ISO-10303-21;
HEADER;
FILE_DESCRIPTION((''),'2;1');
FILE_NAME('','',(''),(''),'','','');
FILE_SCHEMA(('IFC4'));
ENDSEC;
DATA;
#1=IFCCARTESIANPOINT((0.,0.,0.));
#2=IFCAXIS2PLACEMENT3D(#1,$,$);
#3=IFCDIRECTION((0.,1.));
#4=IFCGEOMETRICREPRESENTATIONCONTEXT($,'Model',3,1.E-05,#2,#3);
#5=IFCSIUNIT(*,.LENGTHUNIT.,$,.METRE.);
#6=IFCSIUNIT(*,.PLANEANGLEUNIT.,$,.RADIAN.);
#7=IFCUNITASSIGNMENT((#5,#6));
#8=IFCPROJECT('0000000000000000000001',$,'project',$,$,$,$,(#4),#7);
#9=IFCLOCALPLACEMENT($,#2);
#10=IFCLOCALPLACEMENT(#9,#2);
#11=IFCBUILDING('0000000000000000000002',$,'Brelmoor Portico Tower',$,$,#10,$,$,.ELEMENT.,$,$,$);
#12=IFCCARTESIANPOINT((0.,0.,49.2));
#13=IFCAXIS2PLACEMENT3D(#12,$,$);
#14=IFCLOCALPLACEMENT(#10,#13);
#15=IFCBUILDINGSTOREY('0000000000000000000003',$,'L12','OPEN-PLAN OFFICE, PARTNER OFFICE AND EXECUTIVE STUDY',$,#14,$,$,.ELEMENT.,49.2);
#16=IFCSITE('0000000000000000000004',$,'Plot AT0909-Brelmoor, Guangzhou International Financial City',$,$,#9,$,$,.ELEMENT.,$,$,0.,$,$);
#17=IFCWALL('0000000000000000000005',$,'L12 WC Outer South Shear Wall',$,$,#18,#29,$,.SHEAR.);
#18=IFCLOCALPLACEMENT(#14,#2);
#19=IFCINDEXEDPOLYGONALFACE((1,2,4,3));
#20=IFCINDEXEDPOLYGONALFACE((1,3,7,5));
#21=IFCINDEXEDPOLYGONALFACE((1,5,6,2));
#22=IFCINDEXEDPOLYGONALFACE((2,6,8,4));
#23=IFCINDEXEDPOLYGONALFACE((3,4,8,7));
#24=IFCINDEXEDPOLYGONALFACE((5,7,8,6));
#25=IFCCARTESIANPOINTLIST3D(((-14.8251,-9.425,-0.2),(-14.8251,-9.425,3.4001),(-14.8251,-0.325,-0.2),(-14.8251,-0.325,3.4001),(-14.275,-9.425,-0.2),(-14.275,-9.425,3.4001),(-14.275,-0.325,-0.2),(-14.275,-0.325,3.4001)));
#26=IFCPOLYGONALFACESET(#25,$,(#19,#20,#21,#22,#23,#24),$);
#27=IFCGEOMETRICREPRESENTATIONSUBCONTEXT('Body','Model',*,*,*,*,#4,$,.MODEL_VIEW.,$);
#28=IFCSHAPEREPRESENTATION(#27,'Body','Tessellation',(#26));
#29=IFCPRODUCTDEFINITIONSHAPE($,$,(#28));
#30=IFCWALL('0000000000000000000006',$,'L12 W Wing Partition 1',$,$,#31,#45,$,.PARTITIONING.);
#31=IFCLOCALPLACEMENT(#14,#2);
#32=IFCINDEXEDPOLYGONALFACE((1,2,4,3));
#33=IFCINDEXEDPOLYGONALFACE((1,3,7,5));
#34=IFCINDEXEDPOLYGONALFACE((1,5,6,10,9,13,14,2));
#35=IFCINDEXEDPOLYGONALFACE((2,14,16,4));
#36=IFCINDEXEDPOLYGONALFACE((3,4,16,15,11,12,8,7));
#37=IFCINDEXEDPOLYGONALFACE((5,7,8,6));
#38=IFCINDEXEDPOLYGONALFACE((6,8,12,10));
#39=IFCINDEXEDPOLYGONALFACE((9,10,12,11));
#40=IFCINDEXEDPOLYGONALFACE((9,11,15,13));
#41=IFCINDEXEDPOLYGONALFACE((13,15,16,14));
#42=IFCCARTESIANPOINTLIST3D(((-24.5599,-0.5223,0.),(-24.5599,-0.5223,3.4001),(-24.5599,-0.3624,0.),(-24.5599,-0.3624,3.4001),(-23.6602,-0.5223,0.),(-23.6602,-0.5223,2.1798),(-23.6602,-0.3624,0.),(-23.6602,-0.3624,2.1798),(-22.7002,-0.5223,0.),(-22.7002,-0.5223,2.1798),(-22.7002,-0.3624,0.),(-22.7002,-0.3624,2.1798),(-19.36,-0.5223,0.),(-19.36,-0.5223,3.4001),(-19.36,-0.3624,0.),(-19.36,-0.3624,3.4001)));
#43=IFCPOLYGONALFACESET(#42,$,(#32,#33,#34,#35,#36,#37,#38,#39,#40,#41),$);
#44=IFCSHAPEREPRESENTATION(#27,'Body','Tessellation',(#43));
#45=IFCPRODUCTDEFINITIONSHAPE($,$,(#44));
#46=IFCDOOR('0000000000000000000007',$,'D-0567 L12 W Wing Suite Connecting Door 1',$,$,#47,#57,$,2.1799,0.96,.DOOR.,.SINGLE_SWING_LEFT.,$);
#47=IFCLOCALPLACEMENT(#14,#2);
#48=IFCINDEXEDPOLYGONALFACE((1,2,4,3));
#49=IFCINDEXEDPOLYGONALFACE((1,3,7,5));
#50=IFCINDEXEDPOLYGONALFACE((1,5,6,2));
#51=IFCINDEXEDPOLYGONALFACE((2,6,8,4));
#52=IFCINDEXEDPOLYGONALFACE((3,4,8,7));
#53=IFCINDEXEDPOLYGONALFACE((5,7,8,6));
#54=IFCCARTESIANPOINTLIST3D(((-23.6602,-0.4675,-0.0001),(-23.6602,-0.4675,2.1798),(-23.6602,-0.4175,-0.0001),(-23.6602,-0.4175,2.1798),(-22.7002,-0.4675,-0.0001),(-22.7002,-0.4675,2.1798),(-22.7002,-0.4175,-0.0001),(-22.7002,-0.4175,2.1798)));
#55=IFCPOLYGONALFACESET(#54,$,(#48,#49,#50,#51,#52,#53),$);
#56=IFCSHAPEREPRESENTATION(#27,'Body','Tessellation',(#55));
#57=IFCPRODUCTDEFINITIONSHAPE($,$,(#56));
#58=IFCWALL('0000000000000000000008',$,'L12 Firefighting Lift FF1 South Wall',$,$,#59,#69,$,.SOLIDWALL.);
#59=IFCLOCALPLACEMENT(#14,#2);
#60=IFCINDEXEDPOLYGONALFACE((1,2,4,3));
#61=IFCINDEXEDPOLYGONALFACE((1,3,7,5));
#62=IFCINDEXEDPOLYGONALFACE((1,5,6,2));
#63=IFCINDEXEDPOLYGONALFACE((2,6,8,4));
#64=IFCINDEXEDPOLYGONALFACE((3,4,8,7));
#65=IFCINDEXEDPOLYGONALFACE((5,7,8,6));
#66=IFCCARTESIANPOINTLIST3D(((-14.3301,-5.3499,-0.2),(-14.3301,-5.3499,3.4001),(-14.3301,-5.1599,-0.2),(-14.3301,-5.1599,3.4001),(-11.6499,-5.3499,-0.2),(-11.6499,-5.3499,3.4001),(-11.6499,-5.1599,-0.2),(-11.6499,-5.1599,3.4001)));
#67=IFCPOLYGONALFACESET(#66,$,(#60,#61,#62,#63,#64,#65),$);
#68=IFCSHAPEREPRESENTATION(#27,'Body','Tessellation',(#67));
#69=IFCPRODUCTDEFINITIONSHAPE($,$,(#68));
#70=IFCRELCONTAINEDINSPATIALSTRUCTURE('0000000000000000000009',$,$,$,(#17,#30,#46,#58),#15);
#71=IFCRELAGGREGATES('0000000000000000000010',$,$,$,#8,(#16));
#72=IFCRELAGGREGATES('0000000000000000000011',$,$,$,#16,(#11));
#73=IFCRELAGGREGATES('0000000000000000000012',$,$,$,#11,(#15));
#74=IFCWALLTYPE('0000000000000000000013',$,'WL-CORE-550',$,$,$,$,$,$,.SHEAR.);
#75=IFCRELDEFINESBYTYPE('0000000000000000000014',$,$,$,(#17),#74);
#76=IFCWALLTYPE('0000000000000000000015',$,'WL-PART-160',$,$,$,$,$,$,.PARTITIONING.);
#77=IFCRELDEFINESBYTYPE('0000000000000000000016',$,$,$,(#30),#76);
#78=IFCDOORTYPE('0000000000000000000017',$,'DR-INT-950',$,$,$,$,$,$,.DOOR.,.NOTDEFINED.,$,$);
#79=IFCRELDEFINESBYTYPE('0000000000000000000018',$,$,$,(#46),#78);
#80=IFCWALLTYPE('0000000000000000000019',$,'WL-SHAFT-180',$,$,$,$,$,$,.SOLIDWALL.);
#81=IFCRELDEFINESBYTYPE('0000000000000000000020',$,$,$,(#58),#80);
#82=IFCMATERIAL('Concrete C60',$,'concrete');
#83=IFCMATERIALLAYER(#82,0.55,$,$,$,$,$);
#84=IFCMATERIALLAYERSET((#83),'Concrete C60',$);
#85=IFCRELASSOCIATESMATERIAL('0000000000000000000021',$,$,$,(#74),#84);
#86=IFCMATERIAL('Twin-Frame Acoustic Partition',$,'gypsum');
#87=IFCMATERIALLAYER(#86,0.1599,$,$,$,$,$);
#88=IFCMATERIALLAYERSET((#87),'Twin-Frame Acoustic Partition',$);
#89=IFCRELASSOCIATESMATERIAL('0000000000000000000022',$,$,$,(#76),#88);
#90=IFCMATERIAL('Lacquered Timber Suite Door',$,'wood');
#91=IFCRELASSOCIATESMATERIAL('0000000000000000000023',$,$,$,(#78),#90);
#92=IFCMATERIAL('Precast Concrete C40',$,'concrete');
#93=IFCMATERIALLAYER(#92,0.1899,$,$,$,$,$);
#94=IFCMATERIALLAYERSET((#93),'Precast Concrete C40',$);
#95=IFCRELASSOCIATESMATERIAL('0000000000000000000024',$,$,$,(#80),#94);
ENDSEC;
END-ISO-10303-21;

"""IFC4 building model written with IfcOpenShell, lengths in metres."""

from ifc_helpers import new_model, si_unit, direction, frame, frame_2d, origin, place, context, subcontext, project, spatial, rectangle, extrude, material, layer, layer_set, type_object, element, fill, save


model = new_model("IFC4")

# Units and contexts
model_context = context("Model", 3, precision=1e-05, world=origin(), true_north=direction((0.0, 1.0)))
body_context = subcontext(model_context, "Body", "Model", "MODEL_VIEW")
ifc_project = project(units=[si_unit("LENGTHUNIT", "METRE"), si_unit("PLANEANGLEUNIT", "RADIAN")], contexts=[model_context])

# Site, building, storey
site_placement = place(None, origin())
site = spatial("IfcSite", under=ifc_project, at=site_placement, Name="Plot AT0909-Brelmoor, Guangzhou International Financial City", CompositionType="ELEMENT", RefElevation=0.0)
building_placement = place(site_placement, origin())
building = spatial("IfcBuilding", under=site, at=building_placement, Name="Brelmoor Portico Tower", CompositionType="ELEMENT")
storey_placement = place(building_placement, frame((0.0, 0.0, 49.2)))
storey = spatial("IfcBuildingStorey", under=building, at=storey_placement, Name="L12", Description="OPEN-PLAN OFFICE, PARTNER OFFICE AND EXECUTIVE STUDY", CompositionType="ELEMENT", Elevation=49.2)

# Wall
ifc_material_1 = material(Name="Concrete C60", Category="concrete")
ifc_layer_1 = layer(ifc_material_1, 0.55)
ifc_layer_set_1 = layer_set([ifc_layer_1], Name="Concrete C60")
wall_type_1 = type_object("IfcWallType", Name="WL-CORE-550", PredefinedType="SHEAR", material=ifc_layer_set_1)
wall_1_placement = place(storey_placement, frame((-14.55, -9.425, -0.2), z_axis=(0.0, 0.0, 1.0), x_axis=(0.0, 1.0, 0.0)))
element("IfcWall", 1, at=wall_1_placement, inside=storey, type_object=wall_type_1, Name="L12 WC Outer South Shear Wall", PredefinedType="SHEAR", context=body_context, shape_type="SweptSolid", body=[
    extrude(rectangle(XDim=9.1001, YDim=0.55, at=frame_2d((4.55, 0.0))), origin(), (0.0, 0.0, 1.0), 3.6001),
])

# Wall, opening, door
ifc_material_2 = material(Name="Twin-Frame Acoustic Partition", Category="gypsum")
ifc_layer_2 = layer(ifc_material_2, 0.1599)
ifc_layer_set_2 = layer_set([ifc_layer_2], Name="Twin-Frame Acoustic Partition")
wall_type_2 = type_object("IfcWallType", Name="WL-PART-160", PredefinedType="PARTITIONING", material=ifc_layer_set_2)
wall_2_placement = place(storey_placement, frame((-24.5601, -0.4424, 0.0), z_axis=(0.0, 0.0, 1.0), x_axis=(1.0, 0.0, 0.0)))
wall_2 = element("IfcWall", 2, at=wall_2_placement, inside=storey, type_object=wall_type_2, Name="L12 W Wing Partition 1", PredefinedType="PARTITIONING", context=body_context, shape_type="SweptSolid", body=[
    extrude(rectangle(XDim=5.2, YDim=0.1599, at=frame_2d((2.6001, 0.0))), origin(), (0.0, 0.0, 1.0), 3.4001),
])
opening_placement = place(wall_2_placement, frame((0.8999, 0.0, 0.0)))
opening = element("IfcOpeningElement", 3, at=opening_placement, cuts=wall_2, PredefinedType="OPENING", context=body_context, shape_type="SweptSolid", body=[
    extrude(rectangle(XDim=0.96, YDim=2.1799, at=frame_2d((0.48, 1.0898))), frame((0.0, 0.0898, 0.0), z_axis=(0.0, -1.0, 0.0), x_axis=(1.0, 0.0, 0.0)), (0.0, 0.0, 1.0), 0.1799),
])
ifc_material_3 = material(Name="Lacquered Timber Suite Door", Category="wood")
door_type = type_object("IfcDoorType", Name="DR-INT-950", OperationType="NOTDEFINED", PredefinedType="DOOR", material=ifc_material_3)
door_placement = place(opening_placement, origin())
door = element("IfcDoor", 4, at=door_placement, inside=storey, type_object=door_type, Name="D-0567 L12 W Wing Suite Connecting Door 1", OperationType="SINGLE_SWING_LEFT", OverallHeight=2.1799, OverallWidth=0.96, PredefinedType="DOOR", context=body_context, shape_type="SweptSolid", body=[
    extrude(rectangle(XDim=0.96, YDim=2.1799, at=frame_2d((0.48, 1.0898))), frame((0.0, 0.0249, 0.0), z_axis=(0.0, -1.0, 0.0), x_axis=(1.0, 0.0, 0.0)), (0.0, 0.0, 1.0), 0.05),
])
fill(opening, door)

# Wall
ifc_material_4 = material(Name="Precast Concrete C40", Category="concrete")
ifc_layer_3 = layer(ifc_material_4, 0.1899)
ifc_layer_set_3 = layer_set([ifc_layer_3], Name="Precast Concrete C40")
wall_type_3 = type_object("IfcWallType", Name="WL-SHAFT-180", PredefinedType="SOLIDWALL", material=ifc_layer_set_3)
wall_3_placement = place(storey_placement, frame((-14.3301, -5.2549, -0.2), z_axis=(0.0, 0.0, 1.0), x_axis=(1.0, 0.0, 0.0)))
element("IfcWall", 5, at=wall_3_placement, inside=storey, type_object=wall_type_3, Name="L12 Firefighting Lift FF1 South Wall", PredefinedType="SOLIDWALL", context=body_context, shape_type="SweptSolid", body=[
    extrude(rectangle(XDim=2.6802, YDim=0.1899, at=frame_2d((1.3401, 0.0))), origin(), (0.0, 0.0, 1.0), 3.6001),
])

save(model, "model.ifc")
